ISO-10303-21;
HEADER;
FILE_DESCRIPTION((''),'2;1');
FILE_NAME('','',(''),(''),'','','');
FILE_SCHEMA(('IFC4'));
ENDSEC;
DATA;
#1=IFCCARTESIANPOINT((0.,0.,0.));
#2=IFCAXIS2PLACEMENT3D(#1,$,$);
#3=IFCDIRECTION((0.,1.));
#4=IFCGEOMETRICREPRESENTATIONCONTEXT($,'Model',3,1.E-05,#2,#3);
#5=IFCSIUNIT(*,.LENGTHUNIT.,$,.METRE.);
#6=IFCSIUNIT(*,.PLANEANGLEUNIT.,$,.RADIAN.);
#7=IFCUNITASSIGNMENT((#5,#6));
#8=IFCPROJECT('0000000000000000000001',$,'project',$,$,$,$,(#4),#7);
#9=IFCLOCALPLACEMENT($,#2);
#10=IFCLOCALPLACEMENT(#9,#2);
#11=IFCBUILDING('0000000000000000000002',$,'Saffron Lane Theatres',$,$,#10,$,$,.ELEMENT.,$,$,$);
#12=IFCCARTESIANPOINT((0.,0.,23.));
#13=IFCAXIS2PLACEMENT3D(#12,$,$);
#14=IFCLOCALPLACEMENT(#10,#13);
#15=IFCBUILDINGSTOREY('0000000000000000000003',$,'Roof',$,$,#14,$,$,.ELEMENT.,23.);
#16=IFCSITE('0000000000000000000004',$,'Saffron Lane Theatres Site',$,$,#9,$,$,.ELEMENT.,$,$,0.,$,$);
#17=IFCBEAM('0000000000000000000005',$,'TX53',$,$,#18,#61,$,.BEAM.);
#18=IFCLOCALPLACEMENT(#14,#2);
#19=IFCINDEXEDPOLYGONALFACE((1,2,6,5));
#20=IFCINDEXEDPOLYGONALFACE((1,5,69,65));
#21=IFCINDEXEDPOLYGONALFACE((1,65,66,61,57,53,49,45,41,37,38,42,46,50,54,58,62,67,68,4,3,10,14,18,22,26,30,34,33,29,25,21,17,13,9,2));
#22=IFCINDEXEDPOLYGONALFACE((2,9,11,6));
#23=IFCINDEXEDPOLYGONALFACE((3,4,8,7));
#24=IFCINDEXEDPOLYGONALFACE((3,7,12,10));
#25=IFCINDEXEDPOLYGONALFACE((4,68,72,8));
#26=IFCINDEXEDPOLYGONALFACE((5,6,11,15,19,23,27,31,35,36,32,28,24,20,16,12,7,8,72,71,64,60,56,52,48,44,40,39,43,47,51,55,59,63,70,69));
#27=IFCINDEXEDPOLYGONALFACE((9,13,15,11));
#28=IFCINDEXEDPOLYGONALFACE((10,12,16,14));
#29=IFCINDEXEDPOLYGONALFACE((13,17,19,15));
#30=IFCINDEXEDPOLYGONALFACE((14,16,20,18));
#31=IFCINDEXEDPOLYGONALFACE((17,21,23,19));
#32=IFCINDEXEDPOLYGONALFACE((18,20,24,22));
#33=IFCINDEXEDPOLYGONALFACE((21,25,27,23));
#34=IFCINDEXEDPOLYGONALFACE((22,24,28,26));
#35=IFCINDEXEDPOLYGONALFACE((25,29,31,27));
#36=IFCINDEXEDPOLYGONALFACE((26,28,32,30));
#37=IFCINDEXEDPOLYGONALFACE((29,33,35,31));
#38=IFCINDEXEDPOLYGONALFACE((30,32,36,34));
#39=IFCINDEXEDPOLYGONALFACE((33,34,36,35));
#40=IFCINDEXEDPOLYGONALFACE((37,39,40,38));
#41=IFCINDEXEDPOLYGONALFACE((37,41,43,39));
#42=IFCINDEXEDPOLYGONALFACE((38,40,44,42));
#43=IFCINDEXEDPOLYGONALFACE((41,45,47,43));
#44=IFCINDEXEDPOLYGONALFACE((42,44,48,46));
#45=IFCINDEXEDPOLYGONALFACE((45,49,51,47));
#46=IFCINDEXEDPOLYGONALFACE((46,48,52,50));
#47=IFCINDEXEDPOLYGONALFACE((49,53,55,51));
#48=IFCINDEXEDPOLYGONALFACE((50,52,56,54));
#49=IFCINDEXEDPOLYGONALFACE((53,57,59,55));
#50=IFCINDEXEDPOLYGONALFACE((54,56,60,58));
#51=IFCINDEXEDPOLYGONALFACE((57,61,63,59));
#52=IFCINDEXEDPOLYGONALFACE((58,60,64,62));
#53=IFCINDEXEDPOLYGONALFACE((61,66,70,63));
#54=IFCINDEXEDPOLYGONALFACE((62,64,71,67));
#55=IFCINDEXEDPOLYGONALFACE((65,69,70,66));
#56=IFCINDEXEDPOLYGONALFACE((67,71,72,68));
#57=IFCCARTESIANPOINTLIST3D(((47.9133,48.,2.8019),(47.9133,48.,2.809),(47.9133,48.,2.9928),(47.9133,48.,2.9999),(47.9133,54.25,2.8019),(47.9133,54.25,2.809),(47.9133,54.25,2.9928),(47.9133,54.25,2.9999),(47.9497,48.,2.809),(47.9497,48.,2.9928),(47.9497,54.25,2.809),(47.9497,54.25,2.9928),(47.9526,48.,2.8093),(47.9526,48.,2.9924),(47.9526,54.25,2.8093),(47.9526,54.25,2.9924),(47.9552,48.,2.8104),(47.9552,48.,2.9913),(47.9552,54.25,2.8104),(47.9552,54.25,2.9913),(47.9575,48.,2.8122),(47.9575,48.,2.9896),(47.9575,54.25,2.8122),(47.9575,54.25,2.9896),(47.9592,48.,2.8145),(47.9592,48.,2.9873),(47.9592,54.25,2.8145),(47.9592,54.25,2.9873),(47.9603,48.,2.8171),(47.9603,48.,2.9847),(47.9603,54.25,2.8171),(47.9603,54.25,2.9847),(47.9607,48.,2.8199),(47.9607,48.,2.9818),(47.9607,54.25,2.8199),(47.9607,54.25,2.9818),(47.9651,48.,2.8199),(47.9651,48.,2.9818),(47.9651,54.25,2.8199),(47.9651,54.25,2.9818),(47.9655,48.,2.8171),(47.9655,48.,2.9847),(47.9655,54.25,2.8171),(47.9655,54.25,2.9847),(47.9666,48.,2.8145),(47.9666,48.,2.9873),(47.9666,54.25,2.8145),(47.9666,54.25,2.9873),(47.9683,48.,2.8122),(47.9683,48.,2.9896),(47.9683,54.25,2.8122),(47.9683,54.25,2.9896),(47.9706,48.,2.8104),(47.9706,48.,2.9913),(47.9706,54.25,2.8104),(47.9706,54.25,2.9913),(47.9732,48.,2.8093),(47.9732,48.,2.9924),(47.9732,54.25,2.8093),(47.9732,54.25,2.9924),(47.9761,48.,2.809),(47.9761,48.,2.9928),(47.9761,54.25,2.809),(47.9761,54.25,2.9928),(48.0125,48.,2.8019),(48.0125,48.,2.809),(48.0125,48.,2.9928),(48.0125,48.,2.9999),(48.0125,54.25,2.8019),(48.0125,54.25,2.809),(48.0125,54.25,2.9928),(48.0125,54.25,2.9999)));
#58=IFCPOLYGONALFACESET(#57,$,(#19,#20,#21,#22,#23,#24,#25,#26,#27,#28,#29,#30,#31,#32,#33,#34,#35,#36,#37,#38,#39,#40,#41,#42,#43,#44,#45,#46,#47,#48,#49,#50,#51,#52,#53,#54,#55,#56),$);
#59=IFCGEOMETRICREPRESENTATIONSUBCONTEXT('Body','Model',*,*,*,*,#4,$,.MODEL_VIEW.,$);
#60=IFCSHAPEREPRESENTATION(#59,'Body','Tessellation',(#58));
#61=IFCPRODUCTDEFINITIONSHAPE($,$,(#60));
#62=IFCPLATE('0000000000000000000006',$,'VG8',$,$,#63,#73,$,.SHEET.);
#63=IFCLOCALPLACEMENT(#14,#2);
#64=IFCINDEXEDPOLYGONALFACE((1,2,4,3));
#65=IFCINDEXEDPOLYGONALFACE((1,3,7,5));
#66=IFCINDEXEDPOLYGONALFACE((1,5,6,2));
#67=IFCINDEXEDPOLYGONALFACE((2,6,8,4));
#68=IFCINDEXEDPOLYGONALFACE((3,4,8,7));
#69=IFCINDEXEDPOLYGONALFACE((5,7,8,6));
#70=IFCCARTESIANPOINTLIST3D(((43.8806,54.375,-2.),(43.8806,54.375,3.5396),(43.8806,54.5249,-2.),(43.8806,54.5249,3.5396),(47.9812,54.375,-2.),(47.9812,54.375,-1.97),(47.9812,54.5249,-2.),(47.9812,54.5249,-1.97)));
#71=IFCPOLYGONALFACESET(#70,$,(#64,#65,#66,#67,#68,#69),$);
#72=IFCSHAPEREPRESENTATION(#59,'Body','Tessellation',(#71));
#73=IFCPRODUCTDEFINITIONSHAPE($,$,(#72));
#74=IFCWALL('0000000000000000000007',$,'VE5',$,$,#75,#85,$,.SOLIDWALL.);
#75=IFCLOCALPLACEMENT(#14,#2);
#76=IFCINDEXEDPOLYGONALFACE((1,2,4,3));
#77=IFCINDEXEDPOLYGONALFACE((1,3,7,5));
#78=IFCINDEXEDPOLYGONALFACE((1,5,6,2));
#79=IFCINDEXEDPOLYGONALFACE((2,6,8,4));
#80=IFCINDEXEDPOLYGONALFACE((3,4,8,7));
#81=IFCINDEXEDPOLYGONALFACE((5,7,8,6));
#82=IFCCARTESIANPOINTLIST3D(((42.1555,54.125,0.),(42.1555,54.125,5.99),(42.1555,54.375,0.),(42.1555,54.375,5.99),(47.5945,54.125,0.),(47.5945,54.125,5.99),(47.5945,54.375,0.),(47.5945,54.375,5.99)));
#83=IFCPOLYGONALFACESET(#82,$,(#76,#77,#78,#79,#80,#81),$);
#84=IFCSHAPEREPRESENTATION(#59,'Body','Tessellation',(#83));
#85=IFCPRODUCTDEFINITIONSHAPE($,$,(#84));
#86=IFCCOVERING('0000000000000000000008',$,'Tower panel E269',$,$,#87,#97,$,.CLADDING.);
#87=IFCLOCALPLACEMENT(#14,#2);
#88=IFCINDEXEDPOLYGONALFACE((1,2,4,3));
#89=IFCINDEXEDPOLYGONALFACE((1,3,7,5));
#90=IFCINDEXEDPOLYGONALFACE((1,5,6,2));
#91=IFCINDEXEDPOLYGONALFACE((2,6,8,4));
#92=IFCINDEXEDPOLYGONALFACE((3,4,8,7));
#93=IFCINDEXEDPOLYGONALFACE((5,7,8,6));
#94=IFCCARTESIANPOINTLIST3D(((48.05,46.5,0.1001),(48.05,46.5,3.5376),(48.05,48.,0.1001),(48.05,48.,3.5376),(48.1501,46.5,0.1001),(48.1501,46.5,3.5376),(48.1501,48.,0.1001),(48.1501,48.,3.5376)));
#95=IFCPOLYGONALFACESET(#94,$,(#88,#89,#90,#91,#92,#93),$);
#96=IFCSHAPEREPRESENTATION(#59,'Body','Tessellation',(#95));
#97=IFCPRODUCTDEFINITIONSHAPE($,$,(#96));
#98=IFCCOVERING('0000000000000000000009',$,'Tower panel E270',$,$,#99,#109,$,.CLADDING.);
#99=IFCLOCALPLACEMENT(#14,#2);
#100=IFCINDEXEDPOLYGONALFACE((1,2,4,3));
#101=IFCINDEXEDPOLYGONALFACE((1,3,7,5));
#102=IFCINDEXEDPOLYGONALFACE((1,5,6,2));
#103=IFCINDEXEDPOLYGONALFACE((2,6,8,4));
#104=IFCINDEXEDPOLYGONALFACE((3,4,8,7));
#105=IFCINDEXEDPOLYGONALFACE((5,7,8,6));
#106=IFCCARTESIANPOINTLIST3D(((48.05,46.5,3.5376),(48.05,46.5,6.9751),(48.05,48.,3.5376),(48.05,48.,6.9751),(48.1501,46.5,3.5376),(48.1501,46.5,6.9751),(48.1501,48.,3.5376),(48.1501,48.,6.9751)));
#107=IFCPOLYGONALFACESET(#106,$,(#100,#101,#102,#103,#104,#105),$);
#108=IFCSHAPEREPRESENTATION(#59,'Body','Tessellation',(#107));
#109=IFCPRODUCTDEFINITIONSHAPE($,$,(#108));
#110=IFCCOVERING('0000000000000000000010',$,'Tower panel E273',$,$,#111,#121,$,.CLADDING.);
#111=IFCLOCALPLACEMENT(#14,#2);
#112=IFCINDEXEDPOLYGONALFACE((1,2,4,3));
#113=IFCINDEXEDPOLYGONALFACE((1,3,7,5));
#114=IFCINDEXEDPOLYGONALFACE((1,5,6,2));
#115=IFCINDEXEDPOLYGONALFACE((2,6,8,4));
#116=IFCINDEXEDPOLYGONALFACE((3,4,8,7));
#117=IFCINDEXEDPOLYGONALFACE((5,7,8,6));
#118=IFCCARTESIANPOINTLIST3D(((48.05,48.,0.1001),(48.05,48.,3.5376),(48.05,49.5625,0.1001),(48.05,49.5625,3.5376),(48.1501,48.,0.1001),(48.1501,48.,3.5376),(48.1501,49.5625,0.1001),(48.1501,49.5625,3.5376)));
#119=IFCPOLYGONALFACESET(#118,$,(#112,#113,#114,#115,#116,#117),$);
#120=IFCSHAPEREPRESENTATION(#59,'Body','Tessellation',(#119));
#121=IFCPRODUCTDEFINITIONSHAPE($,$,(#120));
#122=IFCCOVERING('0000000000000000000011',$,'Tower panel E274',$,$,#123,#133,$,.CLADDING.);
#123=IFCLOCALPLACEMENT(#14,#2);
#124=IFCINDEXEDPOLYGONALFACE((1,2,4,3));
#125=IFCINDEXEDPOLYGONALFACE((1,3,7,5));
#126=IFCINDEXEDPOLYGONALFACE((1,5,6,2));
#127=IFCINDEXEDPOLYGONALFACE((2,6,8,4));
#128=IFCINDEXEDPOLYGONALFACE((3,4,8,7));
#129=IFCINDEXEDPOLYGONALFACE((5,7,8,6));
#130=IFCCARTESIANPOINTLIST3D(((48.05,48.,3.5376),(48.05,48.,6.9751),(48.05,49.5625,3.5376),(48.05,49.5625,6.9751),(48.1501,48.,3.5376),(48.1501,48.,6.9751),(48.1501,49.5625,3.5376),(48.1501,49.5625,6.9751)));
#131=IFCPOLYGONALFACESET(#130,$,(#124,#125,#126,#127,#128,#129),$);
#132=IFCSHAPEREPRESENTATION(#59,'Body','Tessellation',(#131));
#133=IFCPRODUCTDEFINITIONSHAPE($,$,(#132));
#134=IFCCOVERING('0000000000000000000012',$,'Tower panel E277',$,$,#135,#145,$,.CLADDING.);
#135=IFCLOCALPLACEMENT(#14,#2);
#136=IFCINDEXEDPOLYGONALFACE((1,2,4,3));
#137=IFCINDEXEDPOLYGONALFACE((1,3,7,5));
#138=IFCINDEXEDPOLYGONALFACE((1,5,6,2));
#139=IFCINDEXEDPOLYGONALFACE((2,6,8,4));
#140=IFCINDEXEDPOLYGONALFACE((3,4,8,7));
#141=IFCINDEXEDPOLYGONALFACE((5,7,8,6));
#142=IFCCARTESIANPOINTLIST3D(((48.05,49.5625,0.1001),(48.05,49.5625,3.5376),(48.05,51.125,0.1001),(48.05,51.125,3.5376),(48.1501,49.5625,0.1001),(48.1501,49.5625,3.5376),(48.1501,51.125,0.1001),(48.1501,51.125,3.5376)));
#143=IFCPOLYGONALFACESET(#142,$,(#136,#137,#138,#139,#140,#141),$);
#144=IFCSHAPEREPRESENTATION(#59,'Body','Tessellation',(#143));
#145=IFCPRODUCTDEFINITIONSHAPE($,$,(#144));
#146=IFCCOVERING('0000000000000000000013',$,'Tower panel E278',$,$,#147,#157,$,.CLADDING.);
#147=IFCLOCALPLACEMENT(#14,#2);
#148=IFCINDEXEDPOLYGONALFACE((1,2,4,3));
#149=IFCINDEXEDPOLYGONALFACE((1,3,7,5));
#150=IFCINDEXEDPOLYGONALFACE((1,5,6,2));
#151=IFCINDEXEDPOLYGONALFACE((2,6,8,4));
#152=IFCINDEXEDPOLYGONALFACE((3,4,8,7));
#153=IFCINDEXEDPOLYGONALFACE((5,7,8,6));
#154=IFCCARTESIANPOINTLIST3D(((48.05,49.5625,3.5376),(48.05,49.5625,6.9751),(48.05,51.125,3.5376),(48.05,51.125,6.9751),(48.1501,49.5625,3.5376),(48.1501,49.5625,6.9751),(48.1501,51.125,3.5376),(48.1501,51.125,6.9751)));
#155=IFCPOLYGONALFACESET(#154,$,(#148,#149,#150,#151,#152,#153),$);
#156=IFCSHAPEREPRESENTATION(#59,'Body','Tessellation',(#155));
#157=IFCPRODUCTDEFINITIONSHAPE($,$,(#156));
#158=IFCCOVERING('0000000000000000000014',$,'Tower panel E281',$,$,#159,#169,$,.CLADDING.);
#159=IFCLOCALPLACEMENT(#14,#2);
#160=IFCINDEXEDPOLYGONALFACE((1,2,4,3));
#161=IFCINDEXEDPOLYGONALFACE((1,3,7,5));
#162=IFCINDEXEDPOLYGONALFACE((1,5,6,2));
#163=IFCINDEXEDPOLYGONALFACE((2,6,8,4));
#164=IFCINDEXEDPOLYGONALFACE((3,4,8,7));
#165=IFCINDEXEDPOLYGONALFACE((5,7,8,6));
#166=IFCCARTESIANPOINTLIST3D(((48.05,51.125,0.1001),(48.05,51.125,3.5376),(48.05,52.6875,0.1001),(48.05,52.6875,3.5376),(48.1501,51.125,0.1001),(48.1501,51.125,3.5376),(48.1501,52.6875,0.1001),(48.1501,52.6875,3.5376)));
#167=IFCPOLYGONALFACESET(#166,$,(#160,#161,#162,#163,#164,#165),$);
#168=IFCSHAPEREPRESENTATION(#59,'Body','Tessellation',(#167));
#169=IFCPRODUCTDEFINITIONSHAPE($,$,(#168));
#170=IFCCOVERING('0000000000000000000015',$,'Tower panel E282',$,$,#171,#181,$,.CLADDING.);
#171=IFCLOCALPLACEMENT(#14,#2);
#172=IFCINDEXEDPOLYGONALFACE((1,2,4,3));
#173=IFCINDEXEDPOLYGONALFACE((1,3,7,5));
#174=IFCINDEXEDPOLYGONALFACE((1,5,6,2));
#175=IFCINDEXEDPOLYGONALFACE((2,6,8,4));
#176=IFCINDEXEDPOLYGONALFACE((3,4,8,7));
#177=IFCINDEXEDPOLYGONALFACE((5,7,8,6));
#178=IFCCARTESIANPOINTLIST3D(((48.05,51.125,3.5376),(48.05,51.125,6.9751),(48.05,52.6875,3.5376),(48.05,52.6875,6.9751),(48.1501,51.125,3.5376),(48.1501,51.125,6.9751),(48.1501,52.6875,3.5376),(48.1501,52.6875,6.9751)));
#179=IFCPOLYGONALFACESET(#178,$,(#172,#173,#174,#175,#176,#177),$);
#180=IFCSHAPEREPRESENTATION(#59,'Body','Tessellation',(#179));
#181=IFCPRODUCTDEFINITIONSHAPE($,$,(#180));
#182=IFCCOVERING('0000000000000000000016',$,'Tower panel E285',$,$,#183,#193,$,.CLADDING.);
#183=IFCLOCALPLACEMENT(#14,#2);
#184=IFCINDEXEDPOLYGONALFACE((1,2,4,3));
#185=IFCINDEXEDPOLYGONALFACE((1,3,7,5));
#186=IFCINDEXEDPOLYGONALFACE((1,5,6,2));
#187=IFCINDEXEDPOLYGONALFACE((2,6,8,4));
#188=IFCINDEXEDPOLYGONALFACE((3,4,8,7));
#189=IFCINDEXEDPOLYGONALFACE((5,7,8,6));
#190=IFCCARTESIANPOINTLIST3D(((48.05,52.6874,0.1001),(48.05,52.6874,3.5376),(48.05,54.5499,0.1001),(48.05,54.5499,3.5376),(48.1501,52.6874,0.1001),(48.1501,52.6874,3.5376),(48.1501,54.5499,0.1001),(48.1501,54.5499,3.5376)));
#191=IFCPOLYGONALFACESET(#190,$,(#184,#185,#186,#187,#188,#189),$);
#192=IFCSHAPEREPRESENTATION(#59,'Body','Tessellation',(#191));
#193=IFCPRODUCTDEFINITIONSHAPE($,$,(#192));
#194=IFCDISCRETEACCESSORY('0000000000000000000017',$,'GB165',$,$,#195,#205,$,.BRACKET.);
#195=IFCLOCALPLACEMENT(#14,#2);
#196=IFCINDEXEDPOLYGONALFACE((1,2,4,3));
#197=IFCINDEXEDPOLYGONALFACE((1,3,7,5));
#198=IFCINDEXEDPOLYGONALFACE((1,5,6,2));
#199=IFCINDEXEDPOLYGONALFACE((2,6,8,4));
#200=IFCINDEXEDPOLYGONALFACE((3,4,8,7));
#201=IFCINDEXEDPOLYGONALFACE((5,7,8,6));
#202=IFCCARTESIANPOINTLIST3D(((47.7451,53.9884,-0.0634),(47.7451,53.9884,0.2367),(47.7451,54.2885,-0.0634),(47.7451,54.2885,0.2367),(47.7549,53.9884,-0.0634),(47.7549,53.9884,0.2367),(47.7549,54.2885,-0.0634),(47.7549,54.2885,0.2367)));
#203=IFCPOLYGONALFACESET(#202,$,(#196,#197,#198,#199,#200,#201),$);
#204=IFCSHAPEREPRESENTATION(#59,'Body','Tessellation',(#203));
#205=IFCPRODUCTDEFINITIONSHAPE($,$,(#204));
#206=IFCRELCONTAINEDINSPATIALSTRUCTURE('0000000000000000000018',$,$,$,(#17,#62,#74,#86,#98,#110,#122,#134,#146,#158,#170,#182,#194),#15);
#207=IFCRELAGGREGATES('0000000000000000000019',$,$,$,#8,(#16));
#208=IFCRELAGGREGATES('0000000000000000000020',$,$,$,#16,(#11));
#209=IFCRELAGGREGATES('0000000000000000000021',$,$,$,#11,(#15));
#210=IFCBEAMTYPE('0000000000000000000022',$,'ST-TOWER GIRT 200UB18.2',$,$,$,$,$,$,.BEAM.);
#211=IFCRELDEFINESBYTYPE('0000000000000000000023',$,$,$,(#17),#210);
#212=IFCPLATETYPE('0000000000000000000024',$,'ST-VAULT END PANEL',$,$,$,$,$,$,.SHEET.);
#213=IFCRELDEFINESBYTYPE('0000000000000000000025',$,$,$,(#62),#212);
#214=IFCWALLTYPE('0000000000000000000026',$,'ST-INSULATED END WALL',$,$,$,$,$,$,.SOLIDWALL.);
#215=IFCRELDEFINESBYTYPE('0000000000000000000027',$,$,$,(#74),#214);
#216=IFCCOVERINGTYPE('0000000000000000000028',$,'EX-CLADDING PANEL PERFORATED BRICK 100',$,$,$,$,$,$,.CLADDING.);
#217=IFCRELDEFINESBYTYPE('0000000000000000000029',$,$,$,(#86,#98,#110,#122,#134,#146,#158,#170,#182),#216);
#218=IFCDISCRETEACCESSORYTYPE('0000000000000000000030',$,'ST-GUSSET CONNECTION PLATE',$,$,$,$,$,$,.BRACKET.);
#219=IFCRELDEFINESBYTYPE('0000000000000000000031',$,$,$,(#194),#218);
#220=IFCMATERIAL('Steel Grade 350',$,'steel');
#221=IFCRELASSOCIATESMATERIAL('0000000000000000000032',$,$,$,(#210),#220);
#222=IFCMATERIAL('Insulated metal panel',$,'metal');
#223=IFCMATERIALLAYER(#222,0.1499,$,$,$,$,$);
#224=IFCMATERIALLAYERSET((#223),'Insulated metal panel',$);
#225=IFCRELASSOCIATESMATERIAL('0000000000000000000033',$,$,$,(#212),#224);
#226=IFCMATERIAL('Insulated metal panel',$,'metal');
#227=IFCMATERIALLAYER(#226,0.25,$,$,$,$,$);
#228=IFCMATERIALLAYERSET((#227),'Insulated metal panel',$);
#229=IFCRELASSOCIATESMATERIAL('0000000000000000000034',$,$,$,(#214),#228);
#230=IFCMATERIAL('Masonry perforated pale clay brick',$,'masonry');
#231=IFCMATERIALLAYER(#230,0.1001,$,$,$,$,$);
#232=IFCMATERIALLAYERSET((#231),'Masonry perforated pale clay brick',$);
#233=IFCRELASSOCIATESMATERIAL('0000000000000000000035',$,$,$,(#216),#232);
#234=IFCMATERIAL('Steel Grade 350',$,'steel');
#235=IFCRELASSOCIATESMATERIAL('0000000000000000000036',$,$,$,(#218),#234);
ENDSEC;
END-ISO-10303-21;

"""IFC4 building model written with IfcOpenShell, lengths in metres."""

from ifc_helpers import new_model, si_unit, direction, frame, frame_2d, origin, origin_2d, place, context, subcontext, project, spatial, polyline, rectangle, i_section, outline, extrude, material, layer, layer_set, material_profile, profile_set, type_object, element, save


model = new_model("IFC4")

# Units and contexts
model_context = context("Model", 3, precision=1e-05, world=origin(), true_north=direction((0.0, 1.0)))
body_context = subcontext(model_context, "Body", "Model", "MODEL_VIEW")
ifc_project = project(units=[si_unit("LENGTHUNIT", "METRE"), si_unit("PLANEANGLEUNIT", "RADIAN")], contexts=[model_context])

# Site, building, storey
site_placement = place(None, origin())
site = spatial("IfcSite", under=ifc_project, at=site_placement, Name="Saffron Lane Theatres Site", CompositionType="ELEMENT", RefElevation=0.0)
building_placement = place(site_placement, origin())
building = spatial("IfcBuilding", under=site, at=building_placement, Name="Saffron Lane Theatres", CompositionType="ELEMENT")
storey_placement = place(building_placement, frame((0.0, 0.0, 23.0)))
storey = spatial("IfcBuildingStorey", under=building, at=storey_placement, Name="Roof", CompositionType="ELEMENT", Elevation=23.0)

# Beam
ifc_material_1 = material(Name="Steel Grade 350", Category="steel")
ifc_material_profile_1 = material_profile(ifc_material_1, i_section(OverallWidth=0.0991, OverallDepth=0.198, WebThickness=0.0044, FlangeThickness=0.0071, FilletRadius=0.011, at=origin_2d()))
ifc_profile_set_1 = profile_set([ifc_material_profile_1], Name="Steel Grade 350")
beam_type_1 = type_object("IfcBeamType", Name="ST-TOWER GIRT 200UB18.2", PredefinedType="BEAM", material=ifc_profile_set_1)
for number, where, z_axis, x_axis, name in (
    (1, (47.9629, 48.0, 2.9009), (0.0, 1.0, 0.0), (-1.0, 0.0, 0.0), "TX53"),
):
    element("IfcBeam", number, at=place(storey_placement, frame(where, z_axis=z_axis, x_axis=x_axis)), inside=storey, type_object=beam_type_1, Name=name, PredefinedType="BEAM", context=body_context, shape_type="SweptSolid", body=[
        extrude(i_section(OverallWidth=0.0991, OverallDepth=0.198, WebThickness=0.0044, FlangeThickness=0.0071, FilletRadius=0.011, at=origin_2d()), origin(), (0.0, 0.0, 1.0), 6.25),
    ])

# Plate
ifc_material_2 = material(Name="Insulated metal panel", Category="metal")
ifc_layer_1 = layer(ifc_material_2, 0.1499)
ifc_layer_set_1 = layer_set([ifc_layer_1], Name="Insulated metal panel")
plate_type = type_object("IfcPlateType", Name="ST-VAULT END PANEL", PredefinedType="SHEET", material=ifc_layer_set_1)
plate_placement = place(storey_placement, frame((43.8806, 54.375, -2.0), z_axis=(0.0, -1.0, 0.0), x_axis=(1.0, 0.0, 0.0)))
element("IfcPlate", 2, at=plate_placement, inside=storey, type_object=plate_type, Name="VG8", PredefinedType="SHEET", context=body_context, shape_type="SweptSolid", body=[
    extrude(outline(polyline([(0.0, 0.0), (4.1006, 0.0), (4.1006, 0.03), (0.0, 5.5396), (0.0, 0.0)])), origin(), (0.0, 0.0, -1.0), 0.1499),
])

# Wall
ifc_material_3 = material(Name="Insulated metal panel", Category="metal")
ifc_layer_2 = layer(ifc_material_3, 0.25)
ifc_layer_set_2 = layer_set([ifc_layer_2], Name="Insulated metal panel")
wall_type = type_object("IfcWallType", Name="ST-INSULATED END WALL", PredefinedType="SOLIDWALL", material=ifc_layer_set_2)
wall_placement = place(storey_placement, frame((42.1555, 54.25, 0.0), z_axis=(0.0, 0.0, 1.0), x_axis=(1.0, 0.0, 0.0)))
element("IfcWall", 3, at=wall_placement, inside=storey, type_object=wall_type, Name="VE5", PredefinedType="SOLIDWALL", context=body_context, shape_type="SweptSolid", body=[
    extrude(rectangle(XDim=5.439, YDim=0.25, at=frame_2d((2.7195, 0.0))), origin(), (0.0, 0.0, 1.0), 5.99),
])

# Coverings
ifc_material_4 = material(Name="Masonry perforated pale clay brick", Category="masonry")
ifc_layer_3 = layer(ifc_material_4, 0.1001)
ifc_layer_set_3 = layer_set([ifc_layer_3], Name="Masonry perforated pale clay brick")
covering_type_1 = type_object("IfcCoveringType", Name="EX-CLADDING PANEL PERFORATED BRICK 100", PredefinedType="CLADDING", material=ifc_layer_set_3)
for number, where, z_axis, x_axis, name in (
    (4, (48.1001, 47.25, 0.1001), (0.0, 0.0, 1.0), (0.0, 1.0, 0.0), "Tower panel E269"),
    (5, (48.1001, 47.25, 3.5376), (0.0, 0.0, 1.0), (0.0, 1.0, 0.0), "Tower panel E270"),
):
    element("IfcCovering", number, at=place(storey_placement, frame(where, z_axis=z_axis, x_axis=x_axis)), inside=storey, type_object=covering_type_1, Name=name, PredefinedType="CLADDING", context=body_context, shape_type="SweptSolid", body=[
        extrude(rectangle(XDim=1.5, YDim=0.1001, at=origin_2d()), origin(), (0.0, 0.0, 1.0), 3.4375),
    ])
for number, where, z_axis, x_axis, name in (
    (6, (48.1001, 48.7812, 0.1001), (0.0, 0.0, 1.0), (0.0, 1.0, 0.0), "Tower panel E273"),
    (7, (48.1001, 48.7812, 3.5376), (0.0, 0.0, 1.0), (0.0, 1.0, 0.0), "Tower panel E274"),
    (8, (48.1001, 50.3438, 0.1001), (0.0, 0.0, 1.0), (0.0, 1.0, 0.0), "Tower panel E277"),
    (9, (48.1001, 50.3438, 3.5376), (0.0, 0.0, 1.0), (0.0, 1.0, 0.0), "Tower panel E278"),
    (10, (48.1001, 51.9062, 0.1001), (0.0, 0.0, 1.0), (0.0, 1.0, 0.0), "Tower panel E281"),
    (11, (48.1001, 51.9062, 3.5376), (0.0, 0.0, 1.0), (0.0, 1.0, 0.0), "Tower panel E282"),
):
    element("IfcCovering", number, at=place(storey_placement, frame(where, z_axis=z_axis, x_axis=x_axis)), inside=storey, type_object=covering_type_1, Name=name, PredefinedType="CLADDING", context=body_context, shape_type="SweptSolid", body=[
        extrude(rectangle(XDim=1.5625, YDim=0.1001, at=origin_2d()), origin(), (0.0, 0.0, 1.0), 3.4375),
    ])
covering_1_placement = place(storey_placement, frame((48.1001, 53.6187, 0.1001), z_axis=(0.0, 0.0, 1.0), x_axis=(0.0, 1.0, 0.0)))
element("IfcCovering", 12, at=covering_1_placement, inside=storey, type_object=covering_type_1, Name="Tower panel E285", PredefinedType="CLADDING", context=body_context, shape_type="SweptSolid", body=[
    extrude(rectangle(XDim=1.8625, YDim=0.1001, at=origin_2d()), origin(), (0.0, 0.0, 1.0), 3.4375),
])

# Discrete accessory
ifc_material_5 = material(Name="Steel Grade 350", Category="steel")
ifc_material_profile_2 = material_profile(ifc_material_5, rectangle(XDim=0.3, YDim=0.3, at=origin_2d()))
ifc_profile_set_2 = profile_set([ifc_material_profile_2], Name="Steel Grade 350")
discrete_accessory_type_1 = type_object("IfcDiscreteAccessoryType", Name="ST-GUSSET CONNECTION PLATE", PredefinedType="BRACKET", material=ifc_profile_set_2)
discrete_accessory_1_placement = place(storey_placement, frame((47.7451, 54.1384, 0.0867), z_axis=(1.0, 0.0, 0.0), x_axis=(0.0, 1.0, 0.0)))
element("IfcDiscreteAccessory", 13, at=discrete_accessory_1_placement, inside=storey, type_object=discrete_accessory_type_1, Name="GB165", PredefinedType="BRACKET", context=body_context, shape_type="SweptSolid", body=[
    extrude(rectangle(XDim=0.3, YDim=0.3, at=origin_2d()), origin(), (0.0, 0.0, 1.0), 0.0098),
])

save(model, "model.ifc")
